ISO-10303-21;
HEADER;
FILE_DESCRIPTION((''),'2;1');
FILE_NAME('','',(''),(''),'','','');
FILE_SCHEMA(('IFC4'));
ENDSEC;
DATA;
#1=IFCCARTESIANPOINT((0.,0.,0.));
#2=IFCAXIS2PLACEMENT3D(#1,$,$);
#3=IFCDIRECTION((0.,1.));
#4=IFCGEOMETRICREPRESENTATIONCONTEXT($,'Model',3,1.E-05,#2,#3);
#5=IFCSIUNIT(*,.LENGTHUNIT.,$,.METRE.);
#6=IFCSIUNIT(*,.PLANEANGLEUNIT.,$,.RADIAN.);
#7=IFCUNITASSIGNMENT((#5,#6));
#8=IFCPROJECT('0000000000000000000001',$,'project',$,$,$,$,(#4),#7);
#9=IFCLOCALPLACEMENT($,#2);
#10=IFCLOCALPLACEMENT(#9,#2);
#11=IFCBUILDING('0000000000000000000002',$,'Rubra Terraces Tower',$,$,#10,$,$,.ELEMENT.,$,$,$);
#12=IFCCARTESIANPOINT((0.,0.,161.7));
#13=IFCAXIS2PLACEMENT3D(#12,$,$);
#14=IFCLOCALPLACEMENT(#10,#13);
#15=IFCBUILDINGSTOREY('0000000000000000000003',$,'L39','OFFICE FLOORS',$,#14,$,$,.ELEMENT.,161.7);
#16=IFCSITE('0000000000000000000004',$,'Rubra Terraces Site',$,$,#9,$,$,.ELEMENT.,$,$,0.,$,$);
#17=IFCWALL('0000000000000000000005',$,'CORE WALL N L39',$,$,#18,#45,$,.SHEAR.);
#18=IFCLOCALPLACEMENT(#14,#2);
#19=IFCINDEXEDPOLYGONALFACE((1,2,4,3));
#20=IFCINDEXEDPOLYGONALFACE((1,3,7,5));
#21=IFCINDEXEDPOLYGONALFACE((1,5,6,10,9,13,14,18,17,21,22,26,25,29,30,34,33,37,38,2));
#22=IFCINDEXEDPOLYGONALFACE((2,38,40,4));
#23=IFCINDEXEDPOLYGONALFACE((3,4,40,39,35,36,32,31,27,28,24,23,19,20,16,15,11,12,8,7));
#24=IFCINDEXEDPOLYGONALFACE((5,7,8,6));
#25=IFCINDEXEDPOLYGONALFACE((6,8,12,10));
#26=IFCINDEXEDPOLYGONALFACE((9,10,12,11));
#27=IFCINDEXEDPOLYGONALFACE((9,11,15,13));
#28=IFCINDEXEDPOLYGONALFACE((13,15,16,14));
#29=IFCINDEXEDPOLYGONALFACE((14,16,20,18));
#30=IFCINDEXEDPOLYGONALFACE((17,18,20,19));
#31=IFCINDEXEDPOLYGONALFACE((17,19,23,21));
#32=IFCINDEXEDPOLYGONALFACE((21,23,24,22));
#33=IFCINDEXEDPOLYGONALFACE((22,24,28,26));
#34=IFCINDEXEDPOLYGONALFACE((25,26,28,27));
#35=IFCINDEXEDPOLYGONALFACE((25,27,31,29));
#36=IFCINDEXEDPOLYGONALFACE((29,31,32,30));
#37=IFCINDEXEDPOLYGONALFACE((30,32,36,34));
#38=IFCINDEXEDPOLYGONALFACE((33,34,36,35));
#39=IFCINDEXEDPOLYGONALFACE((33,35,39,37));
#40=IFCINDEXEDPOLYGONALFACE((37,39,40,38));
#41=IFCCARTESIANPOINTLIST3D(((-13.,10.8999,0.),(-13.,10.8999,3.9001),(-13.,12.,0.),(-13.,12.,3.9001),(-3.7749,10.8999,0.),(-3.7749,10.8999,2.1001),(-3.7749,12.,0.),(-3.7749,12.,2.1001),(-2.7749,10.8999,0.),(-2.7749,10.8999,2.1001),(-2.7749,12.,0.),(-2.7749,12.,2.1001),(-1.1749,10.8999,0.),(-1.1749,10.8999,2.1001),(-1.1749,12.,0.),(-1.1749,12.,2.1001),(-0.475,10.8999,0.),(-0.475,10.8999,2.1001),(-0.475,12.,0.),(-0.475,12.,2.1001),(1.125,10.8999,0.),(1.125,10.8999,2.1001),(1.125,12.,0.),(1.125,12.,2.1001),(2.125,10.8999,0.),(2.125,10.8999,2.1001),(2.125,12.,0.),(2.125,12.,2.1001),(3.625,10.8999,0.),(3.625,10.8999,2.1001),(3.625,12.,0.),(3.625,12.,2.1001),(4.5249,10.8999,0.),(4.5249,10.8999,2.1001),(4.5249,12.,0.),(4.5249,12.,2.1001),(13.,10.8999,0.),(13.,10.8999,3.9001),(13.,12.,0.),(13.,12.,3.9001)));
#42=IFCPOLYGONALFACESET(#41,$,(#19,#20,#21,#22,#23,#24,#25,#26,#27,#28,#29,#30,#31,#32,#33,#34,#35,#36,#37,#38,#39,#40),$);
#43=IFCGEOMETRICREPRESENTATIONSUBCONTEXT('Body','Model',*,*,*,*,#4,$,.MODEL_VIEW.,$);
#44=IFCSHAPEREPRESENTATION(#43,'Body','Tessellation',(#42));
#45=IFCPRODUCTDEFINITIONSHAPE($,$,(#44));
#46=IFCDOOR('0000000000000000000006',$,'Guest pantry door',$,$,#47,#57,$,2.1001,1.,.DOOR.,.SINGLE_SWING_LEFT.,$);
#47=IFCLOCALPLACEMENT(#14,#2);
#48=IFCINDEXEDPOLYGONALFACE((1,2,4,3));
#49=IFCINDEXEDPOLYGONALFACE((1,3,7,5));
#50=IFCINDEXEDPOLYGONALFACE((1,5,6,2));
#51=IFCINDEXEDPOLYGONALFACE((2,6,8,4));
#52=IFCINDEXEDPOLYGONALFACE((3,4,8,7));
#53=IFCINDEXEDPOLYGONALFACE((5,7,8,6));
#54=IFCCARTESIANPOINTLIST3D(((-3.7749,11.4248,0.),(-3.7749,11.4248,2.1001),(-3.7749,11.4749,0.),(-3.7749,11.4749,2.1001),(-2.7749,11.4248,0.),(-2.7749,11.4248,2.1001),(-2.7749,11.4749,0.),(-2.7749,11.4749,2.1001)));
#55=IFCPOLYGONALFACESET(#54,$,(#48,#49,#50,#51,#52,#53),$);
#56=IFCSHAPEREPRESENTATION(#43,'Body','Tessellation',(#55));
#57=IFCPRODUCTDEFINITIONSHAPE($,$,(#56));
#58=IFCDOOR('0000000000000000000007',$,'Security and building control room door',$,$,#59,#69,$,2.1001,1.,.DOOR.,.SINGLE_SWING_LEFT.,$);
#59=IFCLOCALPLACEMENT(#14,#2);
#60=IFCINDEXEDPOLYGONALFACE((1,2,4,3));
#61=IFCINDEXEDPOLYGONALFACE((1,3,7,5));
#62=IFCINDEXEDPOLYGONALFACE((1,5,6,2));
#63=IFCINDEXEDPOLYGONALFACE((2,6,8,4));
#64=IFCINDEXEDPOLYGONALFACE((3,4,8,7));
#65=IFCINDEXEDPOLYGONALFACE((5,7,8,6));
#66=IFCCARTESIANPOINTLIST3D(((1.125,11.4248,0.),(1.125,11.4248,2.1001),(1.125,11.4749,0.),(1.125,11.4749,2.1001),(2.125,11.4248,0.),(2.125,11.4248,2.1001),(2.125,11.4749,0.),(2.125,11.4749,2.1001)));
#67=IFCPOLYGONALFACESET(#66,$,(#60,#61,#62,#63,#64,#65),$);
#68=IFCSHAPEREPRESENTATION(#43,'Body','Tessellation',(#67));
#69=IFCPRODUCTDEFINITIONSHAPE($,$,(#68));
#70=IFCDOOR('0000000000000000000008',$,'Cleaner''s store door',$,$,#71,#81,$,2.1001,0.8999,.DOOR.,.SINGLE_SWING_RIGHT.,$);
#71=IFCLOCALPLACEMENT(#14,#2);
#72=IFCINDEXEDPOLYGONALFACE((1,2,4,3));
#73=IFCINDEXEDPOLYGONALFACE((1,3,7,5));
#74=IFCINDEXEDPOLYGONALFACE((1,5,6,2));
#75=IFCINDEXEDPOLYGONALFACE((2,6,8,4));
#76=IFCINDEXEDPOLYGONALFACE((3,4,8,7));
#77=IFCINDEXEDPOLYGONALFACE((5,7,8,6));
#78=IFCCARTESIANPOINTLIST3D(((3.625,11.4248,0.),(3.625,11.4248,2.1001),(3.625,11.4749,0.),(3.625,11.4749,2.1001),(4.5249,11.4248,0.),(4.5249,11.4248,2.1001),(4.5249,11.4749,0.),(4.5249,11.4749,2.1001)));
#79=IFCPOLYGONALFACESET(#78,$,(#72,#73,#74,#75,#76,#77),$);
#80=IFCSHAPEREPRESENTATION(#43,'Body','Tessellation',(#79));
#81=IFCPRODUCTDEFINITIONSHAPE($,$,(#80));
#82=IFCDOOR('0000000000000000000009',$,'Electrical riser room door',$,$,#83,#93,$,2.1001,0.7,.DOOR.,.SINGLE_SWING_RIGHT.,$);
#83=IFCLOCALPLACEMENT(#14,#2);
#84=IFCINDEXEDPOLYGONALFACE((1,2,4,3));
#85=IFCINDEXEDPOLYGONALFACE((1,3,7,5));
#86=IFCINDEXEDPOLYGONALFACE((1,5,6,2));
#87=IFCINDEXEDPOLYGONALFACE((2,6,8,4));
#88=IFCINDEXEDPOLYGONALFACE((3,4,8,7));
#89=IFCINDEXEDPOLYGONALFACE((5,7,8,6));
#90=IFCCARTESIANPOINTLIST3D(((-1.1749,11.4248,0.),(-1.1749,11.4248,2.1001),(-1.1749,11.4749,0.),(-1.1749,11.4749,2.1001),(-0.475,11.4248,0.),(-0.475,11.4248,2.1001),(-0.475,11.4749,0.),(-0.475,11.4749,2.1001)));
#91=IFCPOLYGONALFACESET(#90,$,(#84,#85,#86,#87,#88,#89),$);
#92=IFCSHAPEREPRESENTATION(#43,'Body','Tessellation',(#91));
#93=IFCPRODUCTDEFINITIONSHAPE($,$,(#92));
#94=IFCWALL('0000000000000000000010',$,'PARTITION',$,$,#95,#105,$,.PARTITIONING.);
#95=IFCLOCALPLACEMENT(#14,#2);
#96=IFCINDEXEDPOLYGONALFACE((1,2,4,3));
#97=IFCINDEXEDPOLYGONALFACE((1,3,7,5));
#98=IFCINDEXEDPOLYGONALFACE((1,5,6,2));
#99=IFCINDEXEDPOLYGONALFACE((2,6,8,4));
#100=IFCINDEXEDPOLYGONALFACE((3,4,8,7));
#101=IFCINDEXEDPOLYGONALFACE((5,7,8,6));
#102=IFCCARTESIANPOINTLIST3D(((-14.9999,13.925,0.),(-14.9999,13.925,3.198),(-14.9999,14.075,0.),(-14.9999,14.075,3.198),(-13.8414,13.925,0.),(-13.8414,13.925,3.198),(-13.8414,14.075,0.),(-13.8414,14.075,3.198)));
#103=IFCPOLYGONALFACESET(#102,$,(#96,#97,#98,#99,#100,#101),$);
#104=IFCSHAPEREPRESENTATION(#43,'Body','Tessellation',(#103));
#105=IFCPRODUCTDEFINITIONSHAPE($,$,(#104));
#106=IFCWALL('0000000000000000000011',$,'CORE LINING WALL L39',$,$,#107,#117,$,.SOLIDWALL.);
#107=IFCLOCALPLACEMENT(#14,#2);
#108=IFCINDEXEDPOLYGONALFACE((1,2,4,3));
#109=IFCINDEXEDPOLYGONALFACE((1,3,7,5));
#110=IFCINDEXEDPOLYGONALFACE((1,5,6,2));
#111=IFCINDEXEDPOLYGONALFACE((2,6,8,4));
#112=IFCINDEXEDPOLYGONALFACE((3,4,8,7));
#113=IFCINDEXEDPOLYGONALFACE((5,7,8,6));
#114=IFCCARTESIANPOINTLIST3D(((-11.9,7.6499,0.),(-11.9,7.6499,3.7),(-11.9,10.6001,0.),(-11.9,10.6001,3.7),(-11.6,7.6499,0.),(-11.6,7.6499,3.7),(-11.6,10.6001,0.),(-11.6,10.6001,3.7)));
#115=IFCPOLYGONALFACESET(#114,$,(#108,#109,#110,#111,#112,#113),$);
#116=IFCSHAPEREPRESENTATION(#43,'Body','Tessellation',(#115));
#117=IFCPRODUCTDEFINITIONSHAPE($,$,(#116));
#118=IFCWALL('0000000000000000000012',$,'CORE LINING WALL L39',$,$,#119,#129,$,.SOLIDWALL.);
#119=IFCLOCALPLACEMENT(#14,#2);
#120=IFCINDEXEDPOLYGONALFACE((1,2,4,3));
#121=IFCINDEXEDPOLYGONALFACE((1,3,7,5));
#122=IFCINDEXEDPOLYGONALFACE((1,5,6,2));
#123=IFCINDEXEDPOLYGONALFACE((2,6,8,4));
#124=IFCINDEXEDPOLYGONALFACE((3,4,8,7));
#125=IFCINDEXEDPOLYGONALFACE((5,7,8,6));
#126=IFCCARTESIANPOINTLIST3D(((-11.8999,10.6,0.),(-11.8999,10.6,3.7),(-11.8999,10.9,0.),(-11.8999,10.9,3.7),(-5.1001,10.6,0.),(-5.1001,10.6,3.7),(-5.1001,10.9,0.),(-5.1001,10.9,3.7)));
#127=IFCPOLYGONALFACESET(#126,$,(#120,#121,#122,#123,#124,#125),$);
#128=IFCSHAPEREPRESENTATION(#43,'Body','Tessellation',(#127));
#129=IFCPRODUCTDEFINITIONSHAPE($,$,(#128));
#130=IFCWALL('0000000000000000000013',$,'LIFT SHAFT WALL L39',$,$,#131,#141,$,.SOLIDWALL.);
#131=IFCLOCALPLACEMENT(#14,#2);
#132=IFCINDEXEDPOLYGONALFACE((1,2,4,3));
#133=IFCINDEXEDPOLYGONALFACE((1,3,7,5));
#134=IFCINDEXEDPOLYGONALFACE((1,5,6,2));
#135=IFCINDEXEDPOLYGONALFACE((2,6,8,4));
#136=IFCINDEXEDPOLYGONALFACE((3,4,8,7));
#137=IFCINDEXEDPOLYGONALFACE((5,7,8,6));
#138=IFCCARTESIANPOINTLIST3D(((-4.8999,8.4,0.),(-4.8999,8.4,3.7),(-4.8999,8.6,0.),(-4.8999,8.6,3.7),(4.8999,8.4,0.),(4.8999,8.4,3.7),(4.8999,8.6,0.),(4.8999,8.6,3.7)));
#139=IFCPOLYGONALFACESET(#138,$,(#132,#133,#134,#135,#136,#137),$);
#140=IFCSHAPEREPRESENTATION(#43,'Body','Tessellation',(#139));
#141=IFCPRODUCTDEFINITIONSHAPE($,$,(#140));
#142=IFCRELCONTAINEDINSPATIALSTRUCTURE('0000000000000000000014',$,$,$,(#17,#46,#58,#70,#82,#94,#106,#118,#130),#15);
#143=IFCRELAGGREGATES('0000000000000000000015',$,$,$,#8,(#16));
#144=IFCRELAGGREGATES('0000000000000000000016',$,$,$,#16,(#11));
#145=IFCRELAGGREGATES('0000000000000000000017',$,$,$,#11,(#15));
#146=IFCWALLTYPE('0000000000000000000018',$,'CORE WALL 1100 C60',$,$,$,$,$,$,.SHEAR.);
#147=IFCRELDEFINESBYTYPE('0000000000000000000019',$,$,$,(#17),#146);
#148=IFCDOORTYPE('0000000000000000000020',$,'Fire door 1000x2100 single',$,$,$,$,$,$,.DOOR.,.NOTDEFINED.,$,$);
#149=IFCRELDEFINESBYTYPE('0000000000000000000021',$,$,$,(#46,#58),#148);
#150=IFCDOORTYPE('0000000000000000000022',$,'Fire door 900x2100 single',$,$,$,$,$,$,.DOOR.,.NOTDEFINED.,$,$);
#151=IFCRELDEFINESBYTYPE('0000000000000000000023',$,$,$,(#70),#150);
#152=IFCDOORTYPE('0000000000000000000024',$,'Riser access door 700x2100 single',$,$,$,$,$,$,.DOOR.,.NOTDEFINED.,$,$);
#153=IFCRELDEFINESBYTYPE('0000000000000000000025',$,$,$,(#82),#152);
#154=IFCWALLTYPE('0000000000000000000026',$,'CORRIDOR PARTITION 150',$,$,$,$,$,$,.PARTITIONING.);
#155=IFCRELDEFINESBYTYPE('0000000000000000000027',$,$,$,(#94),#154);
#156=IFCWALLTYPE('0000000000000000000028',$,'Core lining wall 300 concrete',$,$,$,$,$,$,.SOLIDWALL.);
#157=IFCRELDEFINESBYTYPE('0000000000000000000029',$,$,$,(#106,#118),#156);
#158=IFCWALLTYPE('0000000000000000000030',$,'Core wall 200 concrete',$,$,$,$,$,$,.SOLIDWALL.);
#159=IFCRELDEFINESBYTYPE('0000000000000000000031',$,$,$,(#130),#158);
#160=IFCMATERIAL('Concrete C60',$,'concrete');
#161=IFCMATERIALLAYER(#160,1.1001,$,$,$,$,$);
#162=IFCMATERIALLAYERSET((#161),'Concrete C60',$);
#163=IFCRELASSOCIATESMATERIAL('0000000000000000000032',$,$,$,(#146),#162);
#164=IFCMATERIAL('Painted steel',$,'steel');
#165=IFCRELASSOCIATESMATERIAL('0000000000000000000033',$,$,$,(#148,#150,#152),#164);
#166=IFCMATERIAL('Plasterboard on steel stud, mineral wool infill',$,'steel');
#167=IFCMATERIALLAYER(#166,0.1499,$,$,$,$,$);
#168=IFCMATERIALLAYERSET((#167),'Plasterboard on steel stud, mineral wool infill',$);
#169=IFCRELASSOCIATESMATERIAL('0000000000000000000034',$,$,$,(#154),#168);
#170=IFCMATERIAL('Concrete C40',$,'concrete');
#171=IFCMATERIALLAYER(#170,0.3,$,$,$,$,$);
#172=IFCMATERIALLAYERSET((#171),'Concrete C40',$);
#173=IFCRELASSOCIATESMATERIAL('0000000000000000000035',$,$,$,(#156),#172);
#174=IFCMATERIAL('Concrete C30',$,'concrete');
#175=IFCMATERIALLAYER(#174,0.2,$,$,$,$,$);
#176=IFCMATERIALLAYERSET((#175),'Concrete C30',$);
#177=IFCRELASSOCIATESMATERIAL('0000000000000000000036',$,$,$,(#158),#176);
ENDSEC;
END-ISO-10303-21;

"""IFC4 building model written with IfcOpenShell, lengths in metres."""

from ifc_helpers import new_model, si_unit, direction, frame, frame_2d, origin, place, context, subcontext, project, spatial, rectangle, extrude, material, layer, layer_set, type_object, element, fill, save


model = new_model("IFC4")

# Units and contexts
model_context = context("Model", 3, precision=1e-05, world=origin(), true_north=direction((0.0, 1.0)))
body_context = subcontext(model_context, "Body", "Model", "MODEL_VIEW")
ifc_project = project(units=[si_unit("LENGTHUNIT", "METRE"), si_unit("PLANEANGLEUNIT", "RADIAN")], contexts=[model_context])

# Site, building, storey
site_placement = place(None, origin())
site = spatial("IfcSite", under=ifc_project, at=site_placement, Name="Rubra Terraces Site", CompositionType="ELEMENT", RefElevation=0.0)
building_placement = place(site_placement, origin())
building = spatial("IfcBuilding", under=site, at=building_placement, Name="Rubra Terraces Tower", CompositionType="ELEMENT")
storey_placement = place(building_placement, frame((0.0, 0.0, 161.7)))
storey = spatial("IfcBuildingStorey", under=building, at=storey_placement, Name="L39", Description="OFFICE FLOORS", CompositionType="ELEMENT", Elevation=161.7)

# Wall, openings, doors
ifc_material_1 = material(Name="Concrete C60", Category="concrete")
ifc_layer_1 = layer(ifc_material_1, 1.1001)
ifc_layer_set_1 = layer_set([ifc_layer_1], Name="Concrete C60")
wall_type_1 = type_object("IfcWallType", Name="CORE WALL 1100 C60", PredefinedType="SHEAR", material=ifc_layer_set_1)
wall_1_placement = place(storey_placement, frame((-13.0, 11.45, 0.0), z_axis=(0.0, 0.0, 1.0), x_axis=(1.0, 0.0, 0.0)))
wall_1 = element("IfcWall", 1, at=wall_1_placement, inside=storey, type_object=wall_type_1, Name="CORE WALL N L39", PredefinedType="SHEAR", context=body_context, shape_type="SweptSolid", body=[
    extrude(rectangle(XDim=26.0, YDim=1.1001, at=frame_2d((13.0, 0.0))), origin(), (0.0, 0.0, 1.0), 3.9001),
])
opening_1_placement = place(wall_1_placement, frame((9.2251, 0.0, 0.0)))
opening_1 = element("IfcOpeningElement", 2, at=opening_1_placement, cuts=wall_1, PredefinedType="OPENING", context=body_context, shape_type="SweptSolid", body=[
    extrude(rectangle(XDim=1.0, YDim=2.1001, at=frame_2d((0.5, 1.05))), frame((0.0, 0.5601, 0.0), z_axis=(0.0, -1.0, 0.0), x_axis=(1.0, 0.0, 0.0)), (0.0, 0.0, 1.0), 1.1201),
])
opening_2_placement = place(wall_1_placement, frame((11.825, 0.0, 0.0)))
opening_2 = element("IfcOpeningElement", 3, at=opening_2_placement, cuts=wall_1, PredefinedType="OPENING", context=body_context, shape_type="SweptSolid", body=[
    extrude(rectangle(XDim=0.7, YDim=2.1001, at=frame_2d((0.3501, 1.05))), frame((0.0, 0.5601, 0.0), z_axis=(0.0, -1.0, 0.0), x_axis=(1.0, 0.0, 0.0)), (0.0, 0.0, 1.0), 1.1201),
])
opening_3_placement = place(wall_1_placement, frame((14.125, 0.0, 0.0)))
opening_3 = element("IfcOpeningElement", 4, at=opening_3_placement, cuts=wall_1, PredefinedType="OPENING", context=body_context, shape_type="SweptSolid", body=[
    extrude(rectangle(XDim=1.0, YDim=2.1001, at=frame_2d((0.5, 1.05))), frame((0.0, 0.5601, 0.0), z_axis=(0.0, -1.0, 0.0), x_axis=(1.0, 0.0, 0.0)), (0.0, 0.0, 1.0), 1.1201),
])
opening_4_placement = place(wall_1_placement, frame((16.625, 0.0, 0.0)))
opening_4 = element("IfcOpeningElement", 5, at=opening_4_placement, cuts=wall_1, PredefinedType="OPENING", context=body_context, shape_type="SweptSolid", body=[
    extrude(rectangle(XDim=0.8999, YDim=2.1001, at=frame_2d((0.45, 1.05))), frame((0.0, 0.5601, 0.0), z_axis=(0.0, -1.0, 0.0), x_axis=(1.0, 0.0, 0.0)), (0.0, 0.0, 1.0), 1.1201),
])
ifc_material_2 = material(Name="Painted steel", Category="steel")
door_type_1 = type_object("IfcDoorType", Name="Fire door 1000x2100 single", OperationType="NOTDEFINED", PredefinedType="DOOR", material=ifc_material_2)
door_1_placement = place(opening_1_placement, origin())
door_1 = element("IfcDoor", 6, at=door_1_placement, inside=storey, type_object=door_type_1, Name="Guest pantry door", OperationType="SINGLE_SWING_LEFT", OverallHeight=2.1001, OverallWidth=1.0, PredefinedType="DOOR", context=body_context, shape_type="SweptSolid", body=[
    extrude(rectangle(XDim=1.0, YDim=2.1001, at=frame_2d((0.5, 1.05))), frame((0.0, 0.0249, 0.0), z_axis=(0.0, -1.0, 0.0), x_axis=(1.0, 0.0, 0.0)), (0.0, 0.0, 1.0), 0.05),
])
fill(opening_1, door_1)
door_2_placement = place(opening_3_placement, origin())
door_2 = element("IfcDoor", 7, at=door_2_placement, inside=storey, type_object=door_type_1, Name="Security and building control room door", OperationType="SINGLE_SWING_LEFT", OverallHeight=2.1001, OverallWidth=1.0, PredefinedType="DOOR", context=body_context, shape_type="SweptSolid", body=[
    extrude(rectangle(XDim=1.0, YDim=2.1001, at=frame_2d((0.5, 1.05))), frame((0.0, 0.0249, 0.0), z_axis=(0.0, -1.0, 0.0), x_axis=(1.0, 0.0, 0.0)), (0.0, 0.0, 1.0), 0.05),
])
fill(opening_3, door_2)
door_type_2 = type_object("IfcDoorType", Name="Fire door 900x2100 single", OperationType="NOTDEFINED", PredefinedType="DOOR", material=ifc_material_2)
door_3_placement = place(opening_4_placement, origin())
door_3 = element("IfcDoor", 8, at=door_3_placement, inside=storey, type_object=door_type_2, Name="Cleaner's store door", OperationType="SINGLE_SWING_RIGHT", OverallHeight=2.1001, OverallWidth=0.8999, PredefinedType="DOOR", context=body_context, shape_type="SweptSolid", body=[
    extrude(rectangle(XDim=0.8999, YDim=2.1001, at=frame_2d((0.45, 1.05))), frame((0.0, 0.0249, 0.0), z_axis=(0.0, -1.0, 0.0), x_axis=(1.0, 0.0, 0.0)), (0.0, 0.0, 1.0), 0.05),
])
fill(opening_4, door_3)
door_type_3 = type_object("IfcDoorType", Name="Riser access door 700x2100 single", OperationType="NOTDEFINED", PredefinedType="DOOR", material=ifc_material_2)
door_4_placement = place(opening_2_placement, origin())
door_4 = element("IfcDoor", 9, at=door_4_placement, inside=storey, type_object=door_type_3, Name="Electrical riser room door", OperationType="SINGLE_SWING_RIGHT", OverallHeight=2.1001, OverallWidth=0.7, PredefinedType="DOOR", context=body_context, shape_type="SweptSolid", body=[
    extrude(rectangle(XDim=0.7, YDim=2.1001, at=frame_2d((0.3501, 1.05))), frame((0.0, 0.0249, 0.0), z_axis=(0.0, -1.0, 0.0), x_axis=(1.0, 0.0, 0.0)), (0.0, 0.0, 1.0), 0.05),
])
fill(opening_2, door_4)

# Walls
ifc_material_3 = material(Name="Plasterboard on steel stud, mineral wool infill", Category="steel")
ifc_layer_2 = layer(ifc_material_3, 0.1499)
ifc_layer_set_2 = layer_set([ifc_layer_2], Name="Plasterboard on steel stud, mineral wool infill")
wall_type_2 = type_object("IfcWallType", Name="CORRIDOR PARTITION 150", PredefinedType="PARTITIONING", material=ifc_layer_set_2)
wall_2_placement = place(storey_placement, frame((-13.8416, 14.0, 0.0), z_axis=(0.0, 0.0, 1.0), x_axis=(-1.0, 0.0, 0.0)))
element("IfcWall", 10, at=wall_2_placement, inside=storey, type_object=wall_type_2, Name="PARTITION", PredefinedType="PARTITIONING", context=body_context, shape_type="SweptSolid", body=[
    extrude(rectangle(XDim=1.1584, YDim=0.1499, at=frame_2d((0.5791, 0.0))), origin(), (0.0, 0.0, 1.0), 3.198),
])
ifc_material_4 = material(Name="Concrete C40", Category="concrete")
ifc_layer_3 = layer(ifc_material_4, 0.3)
ifc_layer_set_3 = layer_set([ifc_layer_3], Name="Concrete C40")
wall_type_3 = type_object("IfcWallType", Name="Core lining wall 300 concrete", PredefinedType="SOLIDWALL", material=ifc_layer_set_3)
wall_3_placement = place(storey_placement, frame((-11.75, 7.6499, 0.0), z_axis=(0.0, 0.0, 1.0), x_axis=(0.0, 1.0, 0.0)))
element("IfcWall", 11, at=wall_3_placement, inside=storey, type_object=wall_type_3, Name="CORE LINING WALL L39", PredefinedType="SOLIDWALL", context=body_context, shape_type="SweptSolid", body=[
    extrude(rectangle(XDim=2.9502, YDim=0.3, at=frame_2d((1.4751, 0.0))), origin(), (0.0, 0.0, 1.0), 3.7),
])
wall_4_placement = place(storey_placement, frame((-11.8999, 10.75, 0.0), z_axis=(0.0, 0.0, 1.0), x_axis=(1.0, 0.0, 0.0)))
element("IfcWall", 12, at=wall_4_placement, inside=storey, type_object=wall_type_3, Name="CORE LINING WALL L39", PredefinedType="SOLIDWALL", context=body_context, shape_type="SweptSolid", body=[
    extrude(rectangle(XDim=6.7998, YDim=0.3, at=frame_2d((3.3999, 0.0))), origin(), (0.0, 0.0, 1.0), 3.7),
])
ifc_material_5 = material(Name="Concrete C30", Category="concrete")
ifc_layer_4 = layer(ifc_material_5, 0.2)
ifc_layer_set_4 = layer_set([ifc_layer_4], Name="Concrete C30")
wall_type_4 = type_object("IfcWallType", Name="Core wall 200 concrete", PredefinedType="SOLIDWALL", material=ifc_layer_set_4)
wall_5_placement = place(storey_placement, frame((-4.8999, 8.5, 0.0), z_axis=(0.0, 0.0, 1.0), x_axis=(1.0, 0.0, 0.0)))
element("IfcWall", 13, at=wall_5_placement, inside=storey, type_object=wall_type_4, Name="LIFT SHAFT WALL L39", PredefinedType="SOLIDWALL", context=body_context, shape_type="SweptSolid", body=[
    extrude(rectangle(XDim=9.7998, YDim=0.2, at=frame_2d((4.8999, 0.0))), origin(), (0.0, 0.0, 1.0), 3.7),
])

save(model, "model.ifc")
